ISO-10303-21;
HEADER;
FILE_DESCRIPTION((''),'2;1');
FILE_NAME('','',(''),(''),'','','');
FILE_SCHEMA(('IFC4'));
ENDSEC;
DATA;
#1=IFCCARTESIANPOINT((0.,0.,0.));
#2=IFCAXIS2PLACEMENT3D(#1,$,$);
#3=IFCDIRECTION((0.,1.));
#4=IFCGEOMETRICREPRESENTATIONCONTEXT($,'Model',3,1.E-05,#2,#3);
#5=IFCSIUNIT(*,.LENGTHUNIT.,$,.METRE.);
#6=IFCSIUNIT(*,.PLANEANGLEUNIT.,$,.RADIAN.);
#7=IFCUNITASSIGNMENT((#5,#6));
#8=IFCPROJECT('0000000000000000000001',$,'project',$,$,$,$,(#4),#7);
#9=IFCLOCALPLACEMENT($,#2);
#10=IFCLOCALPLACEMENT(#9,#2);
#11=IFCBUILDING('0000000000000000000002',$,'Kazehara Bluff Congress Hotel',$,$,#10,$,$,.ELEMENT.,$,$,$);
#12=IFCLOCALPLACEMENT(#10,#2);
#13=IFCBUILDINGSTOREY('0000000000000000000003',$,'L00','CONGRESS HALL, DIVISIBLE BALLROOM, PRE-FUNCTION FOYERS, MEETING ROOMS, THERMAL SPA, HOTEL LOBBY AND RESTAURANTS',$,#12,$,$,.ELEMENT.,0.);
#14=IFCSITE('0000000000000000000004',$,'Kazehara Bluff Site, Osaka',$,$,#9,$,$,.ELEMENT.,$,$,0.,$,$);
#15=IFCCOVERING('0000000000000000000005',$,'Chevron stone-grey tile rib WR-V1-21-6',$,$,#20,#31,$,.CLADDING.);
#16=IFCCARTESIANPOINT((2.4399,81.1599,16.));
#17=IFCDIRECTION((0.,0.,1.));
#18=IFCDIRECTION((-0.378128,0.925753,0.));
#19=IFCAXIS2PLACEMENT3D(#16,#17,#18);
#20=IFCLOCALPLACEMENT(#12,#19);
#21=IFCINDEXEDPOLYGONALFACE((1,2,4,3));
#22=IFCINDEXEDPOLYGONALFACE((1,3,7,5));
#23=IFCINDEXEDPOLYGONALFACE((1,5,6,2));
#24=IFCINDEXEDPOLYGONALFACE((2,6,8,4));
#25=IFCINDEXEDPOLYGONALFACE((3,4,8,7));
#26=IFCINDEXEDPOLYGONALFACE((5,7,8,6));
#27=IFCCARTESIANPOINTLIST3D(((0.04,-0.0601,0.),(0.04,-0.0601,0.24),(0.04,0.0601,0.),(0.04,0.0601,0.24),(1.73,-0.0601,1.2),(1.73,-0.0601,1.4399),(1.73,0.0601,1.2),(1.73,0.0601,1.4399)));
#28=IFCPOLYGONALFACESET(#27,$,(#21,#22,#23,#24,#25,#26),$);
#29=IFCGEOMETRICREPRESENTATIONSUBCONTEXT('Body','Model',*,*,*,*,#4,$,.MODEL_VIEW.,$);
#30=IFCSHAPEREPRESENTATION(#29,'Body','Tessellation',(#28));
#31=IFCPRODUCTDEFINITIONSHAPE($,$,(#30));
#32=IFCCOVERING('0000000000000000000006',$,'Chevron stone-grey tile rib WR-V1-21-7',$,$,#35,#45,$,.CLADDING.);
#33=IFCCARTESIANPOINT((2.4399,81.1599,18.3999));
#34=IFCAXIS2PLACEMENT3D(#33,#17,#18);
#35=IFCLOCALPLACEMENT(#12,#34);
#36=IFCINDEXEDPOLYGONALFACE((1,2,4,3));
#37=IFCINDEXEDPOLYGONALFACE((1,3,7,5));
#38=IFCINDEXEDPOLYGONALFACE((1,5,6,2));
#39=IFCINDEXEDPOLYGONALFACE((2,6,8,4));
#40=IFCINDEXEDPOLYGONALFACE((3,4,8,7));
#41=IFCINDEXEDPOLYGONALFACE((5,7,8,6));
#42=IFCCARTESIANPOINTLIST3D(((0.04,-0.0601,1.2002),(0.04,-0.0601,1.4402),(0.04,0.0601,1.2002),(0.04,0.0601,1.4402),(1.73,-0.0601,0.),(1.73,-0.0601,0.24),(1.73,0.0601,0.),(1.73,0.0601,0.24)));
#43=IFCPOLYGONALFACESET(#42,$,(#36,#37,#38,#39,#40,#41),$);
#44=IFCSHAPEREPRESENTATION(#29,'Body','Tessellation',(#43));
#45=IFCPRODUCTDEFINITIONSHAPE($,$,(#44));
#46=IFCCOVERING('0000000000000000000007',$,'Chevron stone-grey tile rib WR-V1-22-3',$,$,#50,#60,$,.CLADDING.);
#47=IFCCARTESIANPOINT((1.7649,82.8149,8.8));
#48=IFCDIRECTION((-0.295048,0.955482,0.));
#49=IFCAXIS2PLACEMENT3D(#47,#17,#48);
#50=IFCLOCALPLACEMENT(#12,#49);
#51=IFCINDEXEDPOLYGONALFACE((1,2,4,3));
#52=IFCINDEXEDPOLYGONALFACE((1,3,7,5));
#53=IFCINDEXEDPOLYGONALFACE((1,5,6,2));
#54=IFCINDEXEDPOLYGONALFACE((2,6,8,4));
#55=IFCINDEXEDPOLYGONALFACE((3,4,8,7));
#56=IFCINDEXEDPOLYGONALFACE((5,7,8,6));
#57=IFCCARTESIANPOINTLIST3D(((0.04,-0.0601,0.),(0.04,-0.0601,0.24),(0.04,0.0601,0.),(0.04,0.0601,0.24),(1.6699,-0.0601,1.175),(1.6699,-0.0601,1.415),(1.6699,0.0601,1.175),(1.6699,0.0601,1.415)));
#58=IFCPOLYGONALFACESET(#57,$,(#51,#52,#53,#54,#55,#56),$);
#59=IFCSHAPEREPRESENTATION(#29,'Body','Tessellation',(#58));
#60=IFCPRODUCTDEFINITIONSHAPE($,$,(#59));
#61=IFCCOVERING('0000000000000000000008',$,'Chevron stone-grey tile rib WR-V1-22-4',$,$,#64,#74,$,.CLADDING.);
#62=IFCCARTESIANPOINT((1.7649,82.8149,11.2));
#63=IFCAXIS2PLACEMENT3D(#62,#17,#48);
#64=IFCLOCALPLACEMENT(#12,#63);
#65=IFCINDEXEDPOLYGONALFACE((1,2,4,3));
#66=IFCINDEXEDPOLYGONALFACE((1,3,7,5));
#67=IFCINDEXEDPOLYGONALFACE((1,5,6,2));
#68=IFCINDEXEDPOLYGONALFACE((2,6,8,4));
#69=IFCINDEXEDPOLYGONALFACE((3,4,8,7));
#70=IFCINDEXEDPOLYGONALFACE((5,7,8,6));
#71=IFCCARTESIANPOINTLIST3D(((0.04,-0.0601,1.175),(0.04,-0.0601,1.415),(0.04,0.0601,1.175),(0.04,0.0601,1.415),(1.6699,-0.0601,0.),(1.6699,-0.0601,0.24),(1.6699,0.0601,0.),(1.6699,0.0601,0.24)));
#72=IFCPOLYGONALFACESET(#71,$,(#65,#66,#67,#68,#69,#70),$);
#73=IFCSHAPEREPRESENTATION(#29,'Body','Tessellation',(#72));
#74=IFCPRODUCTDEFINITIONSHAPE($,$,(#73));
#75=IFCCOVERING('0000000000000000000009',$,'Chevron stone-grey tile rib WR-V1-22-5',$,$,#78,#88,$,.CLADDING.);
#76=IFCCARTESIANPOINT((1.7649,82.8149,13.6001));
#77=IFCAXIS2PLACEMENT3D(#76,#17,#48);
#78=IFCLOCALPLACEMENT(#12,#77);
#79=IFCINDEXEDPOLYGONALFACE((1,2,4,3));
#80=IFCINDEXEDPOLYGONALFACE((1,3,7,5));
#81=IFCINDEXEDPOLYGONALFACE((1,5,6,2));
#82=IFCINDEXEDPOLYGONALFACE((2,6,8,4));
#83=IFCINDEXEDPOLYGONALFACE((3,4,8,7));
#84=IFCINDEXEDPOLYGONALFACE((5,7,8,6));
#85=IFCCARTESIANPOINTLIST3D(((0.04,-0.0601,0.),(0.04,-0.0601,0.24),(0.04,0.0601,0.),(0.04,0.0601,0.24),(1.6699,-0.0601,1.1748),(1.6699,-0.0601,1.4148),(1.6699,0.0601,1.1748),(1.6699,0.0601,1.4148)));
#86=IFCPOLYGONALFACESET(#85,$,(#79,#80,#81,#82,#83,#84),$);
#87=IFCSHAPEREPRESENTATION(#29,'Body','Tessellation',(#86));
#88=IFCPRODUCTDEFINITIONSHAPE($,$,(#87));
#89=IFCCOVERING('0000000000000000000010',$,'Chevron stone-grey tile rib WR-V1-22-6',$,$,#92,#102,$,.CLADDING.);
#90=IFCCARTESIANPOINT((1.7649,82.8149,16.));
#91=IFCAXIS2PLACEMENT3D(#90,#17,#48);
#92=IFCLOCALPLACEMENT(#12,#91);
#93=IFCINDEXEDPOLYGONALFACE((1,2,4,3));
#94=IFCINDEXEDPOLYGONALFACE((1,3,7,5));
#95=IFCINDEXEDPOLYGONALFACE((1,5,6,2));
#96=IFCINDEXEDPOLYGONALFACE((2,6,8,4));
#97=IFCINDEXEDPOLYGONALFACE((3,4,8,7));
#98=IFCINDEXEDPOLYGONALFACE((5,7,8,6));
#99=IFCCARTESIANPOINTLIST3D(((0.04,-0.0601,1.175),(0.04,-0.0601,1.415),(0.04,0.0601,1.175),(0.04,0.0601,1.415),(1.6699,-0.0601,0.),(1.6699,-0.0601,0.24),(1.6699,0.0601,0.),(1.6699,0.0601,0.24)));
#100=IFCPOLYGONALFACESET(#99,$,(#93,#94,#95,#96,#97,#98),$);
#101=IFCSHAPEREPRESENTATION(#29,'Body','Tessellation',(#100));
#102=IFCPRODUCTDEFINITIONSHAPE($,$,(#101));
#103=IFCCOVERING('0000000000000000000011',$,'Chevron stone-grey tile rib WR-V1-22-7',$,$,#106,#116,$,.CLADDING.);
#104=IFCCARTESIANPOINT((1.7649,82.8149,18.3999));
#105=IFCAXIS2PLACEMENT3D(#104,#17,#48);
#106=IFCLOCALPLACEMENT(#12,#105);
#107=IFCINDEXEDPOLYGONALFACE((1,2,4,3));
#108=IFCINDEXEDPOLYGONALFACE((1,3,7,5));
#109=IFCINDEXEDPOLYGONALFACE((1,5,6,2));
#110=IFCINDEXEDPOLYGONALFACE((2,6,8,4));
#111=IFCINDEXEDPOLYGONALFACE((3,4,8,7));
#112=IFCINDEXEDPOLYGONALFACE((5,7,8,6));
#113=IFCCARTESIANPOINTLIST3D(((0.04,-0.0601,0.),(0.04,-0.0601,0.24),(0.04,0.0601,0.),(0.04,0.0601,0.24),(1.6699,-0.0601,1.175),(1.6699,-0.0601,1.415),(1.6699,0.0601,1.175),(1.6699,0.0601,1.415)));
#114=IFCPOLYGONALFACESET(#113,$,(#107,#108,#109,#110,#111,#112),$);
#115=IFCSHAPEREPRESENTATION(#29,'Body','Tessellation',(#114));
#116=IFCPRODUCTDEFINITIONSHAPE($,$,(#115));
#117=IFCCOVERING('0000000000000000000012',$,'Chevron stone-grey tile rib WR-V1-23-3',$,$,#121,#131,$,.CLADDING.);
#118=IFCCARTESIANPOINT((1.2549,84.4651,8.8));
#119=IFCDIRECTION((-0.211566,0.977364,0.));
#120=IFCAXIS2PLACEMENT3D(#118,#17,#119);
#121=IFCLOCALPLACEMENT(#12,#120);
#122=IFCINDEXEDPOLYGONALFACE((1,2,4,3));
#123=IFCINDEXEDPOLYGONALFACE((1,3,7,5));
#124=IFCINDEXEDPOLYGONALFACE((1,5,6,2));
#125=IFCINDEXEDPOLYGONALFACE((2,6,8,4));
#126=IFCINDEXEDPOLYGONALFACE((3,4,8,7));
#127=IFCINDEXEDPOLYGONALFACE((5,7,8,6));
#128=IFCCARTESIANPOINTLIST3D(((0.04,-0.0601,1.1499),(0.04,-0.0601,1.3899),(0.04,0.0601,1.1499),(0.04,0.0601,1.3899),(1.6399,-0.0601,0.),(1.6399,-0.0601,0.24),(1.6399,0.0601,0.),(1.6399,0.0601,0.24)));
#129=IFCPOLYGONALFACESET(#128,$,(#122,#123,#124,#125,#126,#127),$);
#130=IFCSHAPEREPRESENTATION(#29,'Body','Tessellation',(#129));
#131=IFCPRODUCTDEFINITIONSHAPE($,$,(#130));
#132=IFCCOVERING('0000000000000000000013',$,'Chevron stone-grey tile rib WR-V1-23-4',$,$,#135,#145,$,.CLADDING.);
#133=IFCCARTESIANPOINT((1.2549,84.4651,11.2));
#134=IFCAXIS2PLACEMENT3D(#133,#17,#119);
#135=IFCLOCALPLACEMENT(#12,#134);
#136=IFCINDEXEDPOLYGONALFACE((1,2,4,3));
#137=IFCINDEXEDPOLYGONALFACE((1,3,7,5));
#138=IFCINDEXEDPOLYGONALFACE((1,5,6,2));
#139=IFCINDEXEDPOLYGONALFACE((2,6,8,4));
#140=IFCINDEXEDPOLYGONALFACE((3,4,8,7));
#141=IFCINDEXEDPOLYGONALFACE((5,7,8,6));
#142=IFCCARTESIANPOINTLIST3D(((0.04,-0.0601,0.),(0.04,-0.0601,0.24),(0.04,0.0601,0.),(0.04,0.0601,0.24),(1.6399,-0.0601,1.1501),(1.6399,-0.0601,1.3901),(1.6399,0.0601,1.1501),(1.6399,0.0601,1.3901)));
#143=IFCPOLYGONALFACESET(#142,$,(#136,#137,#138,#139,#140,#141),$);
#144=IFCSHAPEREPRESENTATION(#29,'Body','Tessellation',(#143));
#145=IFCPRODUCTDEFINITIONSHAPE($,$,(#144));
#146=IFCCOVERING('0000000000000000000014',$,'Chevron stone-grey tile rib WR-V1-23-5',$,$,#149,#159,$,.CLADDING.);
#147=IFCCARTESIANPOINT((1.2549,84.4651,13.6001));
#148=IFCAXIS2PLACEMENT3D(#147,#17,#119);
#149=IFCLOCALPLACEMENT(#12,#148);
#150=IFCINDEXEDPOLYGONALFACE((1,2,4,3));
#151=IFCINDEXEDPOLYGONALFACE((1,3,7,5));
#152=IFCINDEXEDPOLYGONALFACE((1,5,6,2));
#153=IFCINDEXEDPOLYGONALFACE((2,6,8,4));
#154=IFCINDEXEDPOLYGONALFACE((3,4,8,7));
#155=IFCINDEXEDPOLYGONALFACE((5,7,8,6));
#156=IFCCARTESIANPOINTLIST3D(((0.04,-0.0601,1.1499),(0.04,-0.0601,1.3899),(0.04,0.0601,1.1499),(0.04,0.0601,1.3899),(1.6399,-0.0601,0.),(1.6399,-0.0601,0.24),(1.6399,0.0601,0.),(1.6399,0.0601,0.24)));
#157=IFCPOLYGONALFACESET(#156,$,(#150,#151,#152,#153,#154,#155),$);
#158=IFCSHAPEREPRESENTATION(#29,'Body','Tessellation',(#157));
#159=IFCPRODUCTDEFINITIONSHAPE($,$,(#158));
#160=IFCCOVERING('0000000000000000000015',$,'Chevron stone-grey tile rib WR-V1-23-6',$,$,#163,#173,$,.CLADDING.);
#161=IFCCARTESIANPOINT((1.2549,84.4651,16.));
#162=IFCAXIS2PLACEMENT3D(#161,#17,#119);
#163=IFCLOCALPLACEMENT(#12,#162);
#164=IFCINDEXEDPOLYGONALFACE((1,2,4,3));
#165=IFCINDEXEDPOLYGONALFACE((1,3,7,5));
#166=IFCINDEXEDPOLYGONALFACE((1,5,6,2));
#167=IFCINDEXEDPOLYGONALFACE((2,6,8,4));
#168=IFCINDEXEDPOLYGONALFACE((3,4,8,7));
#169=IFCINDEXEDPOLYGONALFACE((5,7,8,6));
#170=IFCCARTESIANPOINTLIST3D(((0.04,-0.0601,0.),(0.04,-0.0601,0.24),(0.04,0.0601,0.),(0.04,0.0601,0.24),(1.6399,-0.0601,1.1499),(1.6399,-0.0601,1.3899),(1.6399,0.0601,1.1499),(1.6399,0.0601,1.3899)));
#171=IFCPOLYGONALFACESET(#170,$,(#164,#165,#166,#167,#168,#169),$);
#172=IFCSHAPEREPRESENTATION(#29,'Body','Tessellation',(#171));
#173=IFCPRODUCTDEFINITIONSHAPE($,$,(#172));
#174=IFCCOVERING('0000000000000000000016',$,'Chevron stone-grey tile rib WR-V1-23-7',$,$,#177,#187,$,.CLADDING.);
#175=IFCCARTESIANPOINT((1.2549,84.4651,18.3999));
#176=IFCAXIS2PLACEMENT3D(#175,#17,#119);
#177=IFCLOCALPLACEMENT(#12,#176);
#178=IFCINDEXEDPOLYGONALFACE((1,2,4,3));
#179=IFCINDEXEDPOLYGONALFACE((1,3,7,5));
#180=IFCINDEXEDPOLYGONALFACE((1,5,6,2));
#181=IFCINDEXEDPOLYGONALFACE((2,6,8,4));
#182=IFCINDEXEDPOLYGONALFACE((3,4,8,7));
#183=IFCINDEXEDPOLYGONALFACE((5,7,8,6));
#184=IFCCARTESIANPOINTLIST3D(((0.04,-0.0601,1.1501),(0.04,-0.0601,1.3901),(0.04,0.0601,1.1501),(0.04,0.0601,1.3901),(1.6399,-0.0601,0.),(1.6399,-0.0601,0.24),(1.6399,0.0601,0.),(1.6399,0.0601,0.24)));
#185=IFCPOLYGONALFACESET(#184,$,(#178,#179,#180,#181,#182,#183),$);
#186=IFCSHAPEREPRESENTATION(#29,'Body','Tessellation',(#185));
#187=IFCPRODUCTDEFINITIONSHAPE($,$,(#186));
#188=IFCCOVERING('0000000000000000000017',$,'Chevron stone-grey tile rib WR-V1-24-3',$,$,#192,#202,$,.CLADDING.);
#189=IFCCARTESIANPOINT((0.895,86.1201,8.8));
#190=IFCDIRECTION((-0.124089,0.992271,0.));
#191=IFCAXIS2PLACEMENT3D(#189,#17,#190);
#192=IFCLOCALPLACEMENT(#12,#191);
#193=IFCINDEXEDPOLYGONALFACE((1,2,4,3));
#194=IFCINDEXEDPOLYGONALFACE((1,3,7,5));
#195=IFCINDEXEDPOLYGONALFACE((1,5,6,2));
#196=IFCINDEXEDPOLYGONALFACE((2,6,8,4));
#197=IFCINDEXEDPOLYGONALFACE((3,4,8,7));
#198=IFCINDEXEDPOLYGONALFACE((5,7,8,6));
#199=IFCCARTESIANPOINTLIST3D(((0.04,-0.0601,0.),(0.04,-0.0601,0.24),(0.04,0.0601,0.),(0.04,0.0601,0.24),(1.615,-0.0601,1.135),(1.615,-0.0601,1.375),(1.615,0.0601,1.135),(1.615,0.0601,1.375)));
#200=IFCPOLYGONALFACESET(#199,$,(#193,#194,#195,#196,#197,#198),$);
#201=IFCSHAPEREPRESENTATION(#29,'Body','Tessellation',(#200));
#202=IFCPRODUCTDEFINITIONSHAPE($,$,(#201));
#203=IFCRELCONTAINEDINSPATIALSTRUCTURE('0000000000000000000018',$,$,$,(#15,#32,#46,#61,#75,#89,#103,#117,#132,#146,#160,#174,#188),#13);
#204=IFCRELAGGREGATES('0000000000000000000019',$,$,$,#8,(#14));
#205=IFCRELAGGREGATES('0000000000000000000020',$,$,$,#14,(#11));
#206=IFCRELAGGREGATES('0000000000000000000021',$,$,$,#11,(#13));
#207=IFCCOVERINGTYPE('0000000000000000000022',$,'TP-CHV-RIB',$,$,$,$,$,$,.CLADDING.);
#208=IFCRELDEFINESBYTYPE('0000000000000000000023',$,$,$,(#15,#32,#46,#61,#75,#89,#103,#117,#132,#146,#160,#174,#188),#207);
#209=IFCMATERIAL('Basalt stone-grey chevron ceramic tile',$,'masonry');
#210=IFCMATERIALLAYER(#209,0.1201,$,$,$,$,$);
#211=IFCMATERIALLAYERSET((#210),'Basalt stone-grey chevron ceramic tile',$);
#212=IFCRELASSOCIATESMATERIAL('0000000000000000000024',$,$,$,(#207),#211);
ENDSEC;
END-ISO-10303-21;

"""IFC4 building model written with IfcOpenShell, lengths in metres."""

from ifc_helpers import new_model, si_unit, direction, frame, origin, place, context, subcontext, project, spatial, polyline, outline, extrude, material, layer, layer_set, type_object, element, save


model = new_model("IFC4")

# Units and contexts
model_context = context("Model", 3, precision=1e-05, world=origin(), true_north=direction((0.0, 1.0)))
body_context = subcontext(model_context, "Body", "Model", "MODEL_VIEW")
ifc_project = project(units=[si_unit("LENGTHUNIT", "METRE"), si_unit("PLANEANGLEUNIT", "RADIAN")], contexts=[model_context])

# Site, building, storey
site_placement = place(None, origin())
site = spatial("IfcSite", under=ifc_project, at=site_placement, Name="Kazehara Bluff Site, Osaka", CompositionType="ELEMENT", RefElevation=0.0)
building_placement = place(site_placement, origin())
building = spatial("IfcBuilding", under=site, at=building_placement, Name="Kazehara Bluff Congress Hotel", CompositionType="ELEMENT")
storey_placement = place(building_placement, origin())
storey = spatial("IfcBuildingStorey", under=building, at=storey_placement, Name="L00", Description="CONGRESS HALL, DIVISIBLE BALLROOM, PRE-FUNCTION FOYERS, MEETING ROOMS, THERMAL SPA, HOTEL LOBBY AND RESTAURANTS", CompositionType="ELEMENT", Elevation=0.0)

# Coverings
ifc_material = material(Name="Basalt stone-grey chevron ceramic tile", Category="masonry")
ifc_layer = layer(ifc_material, 0.1201)
ifc_layer_set = layer_set([ifc_layer], Name="Basalt stone-grey chevron ceramic tile")
covering_type = type_object("IfcCoveringType", Name="TP-CHV-RIB", PredefinedType="CLADDING", material=ifc_layer_set)
covering_1_placement = place(storey_placement, frame((2.4399, 81.1599, 16.0), z_axis=(0.0, 0.0, 1.0), x_axis=(-0.378128, 0.925753, 0.0)))
element("IfcCovering", 1, at=covering_1_placement, inside=storey, type_object=covering_type, Name="Chevron stone-grey tile rib WR-V1-21-6", PredefinedType="CLADDING", context=body_context, shape_type="SweptSolid", body=[
    extrude(outline(polyline([(0.04, 0.0), (1.73, 1.2), (1.73, 1.4399), (0.04, 0.24), (0.04, 0.0)])), frame((0.0, 0.0601, 0.0), z_axis=(0.0, -1.0, 0.0), x_axis=(1.0, 0.0, 0.0)), (0.0, 0.0, 1.0), 0.1201),
])
covering_2_placement = place(storey_placement, frame((2.4399, 81.1599, 18.3999), z_axis=(0.0, 0.0, 1.0), x_axis=(-0.378128, 0.925753, 0.0)))
element("IfcCovering", 2, at=covering_2_placement, inside=storey, type_object=covering_type, Name="Chevron stone-grey tile rib WR-V1-21-7", PredefinedType="CLADDING", context=body_context, shape_type="SweptSolid", body=[
    extrude(outline(polyline([(0.04, 1.2002), (1.73, 0.0), (1.73, 0.24), (0.04, 1.4402), (0.04, 1.2002)])), frame((0.0, 0.0601, 0.0), z_axis=(0.0, -1.0, 0.0), x_axis=(1.0, 0.0, 0.0)), (0.0, 0.0, 1.0), 0.1201),
])
covering_3_placement = place(storey_placement, frame((1.7649, 82.8149, 8.8), z_axis=(0.0, 0.0, 1.0), x_axis=(-0.295048, 0.955482, 0.0)))
element("IfcCovering", 3, at=covering_3_placement, inside=storey, type_object=covering_type, Name="Chevron stone-grey tile rib WR-V1-22-3", PredefinedType="CLADDING", context=body_context, shape_type="SweptSolid", body=[
    extrude(outline(polyline([(0.04, 0.0), (1.6699, 1.175), (1.6699, 1.415), (0.04, 0.24), (0.04, 0.0)])), frame((0.0, 0.0601, 0.0), z_axis=(0.0, -1.0, 0.0), x_axis=(1.0, 0.0, 0.0)), (0.0, 0.0, 1.0), 0.1201),
])
covering_4_placement = place(storey_placement, frame((1.7649, 82.8149, 11.2), z_axis=(0.0, 0.0, 1.0), x_axis=(-0.295048, 0.955482, 0.0)))
element("IfcCovering", 4, at=covering_4_placement, inside=storey, type_object=covering_type, Name="Chevron stone-grey tile rib WR-V1-22-4", PredefinedType="CLADDING", context=body_context, shape_type="SweptSolid", body=[
    extrude(outline(polyline([(0.04, 1.175), (1.6699, 0.0), (1.6699, 0.24), (0.04, 1.415), (0.04, 1.175)])), frame((0.0, 0.0601, 0.0), z_axis=(0.0, -1.0, 0.0), x_axis=(1.0, 0.0, 0.0)), (0.0, 0.0, 1.0), 0.1201),
])
covering_5_placement = place(storey_placement, frame((1.7649, 82.8149, 13.6001), z_axis=(0.0, 0.0, 1.0), x_axis=(-0.295048, 0.955482, 0.0)))
element("IfcCovering", 5, at=covering_5_placement, inside=storey, type_object=covering_type, Name="Chevron stone-grey tile rib WR-V1-22-5", PredefinedType="CLADDING", context=body_context, shape_type="SweptSolid", body=[
    extrude(outline(polyline([(0.04, 0.0), (1.6699, 1.1748), (1.6699, 1.4148), (0.04, 0.24), (0.04, 0.0)])), frame((0.0, 0.0601, 0.0), z_axis=(0.0, -1.0, 0.0), x_axis=(1.0, 0.0, 0.0)), (0.0, 0.0, 1.0), 0.1201),
])
covering_6_placement = place(storey_placement, frame((1.7649, 82.8149, 16.0), z_axis=(0.0, 0.0, 1.0), x_axis=(-0.295048, 0.955482, 0.0)))
element("IfcCovering", 6, at=covering_6_placement, inside=storey, type_object=covering_type, Name="Chevron stone-grey tile rib WR-V1-22-6", PredefinedType="CLADDING", context=body_context, shape_type="SweptSolid", body=[
    extrude(outline(polyline([(0.04, 1.175), (1.6699, 0.0), (1.6699, 0.24), (0.04, 1.415), (0.04, 1.175)])), frame((0.0, 0.0601, 0.0), z_axis=(0.0, -1.0, 0.0), x_axis=(1.0, 0.0, 0.0)), (0.0, 0.0, 1.0), 0.1201),
])
covering_7_placement = place(storey_placement, frame((1.7649, 82.8149, 18.3999), z_axis=(0.0, 0.0, 1.0), x_axis=(-0.295048, 0.955482, 0.0)))
element("IfcCovering", 7, at=covering_7_placement, inside=storey, type_object=covering_type, Name="Chevron stone-grey tile rib WR-V1-22-7", PredefinedType="CLADDING", context=body_context, shape_type="SweptSolid", body=[
    extrude(outline(polyline([(0.04, 0.0), (1.6699, 1.175), (1.6699, 1.415), (0.04, 0.24), (0.04, 0.0)])), frame((0.0, 0.0601, 0.0), z_axis=(0.0, -1.0, 0.0), x_axis=(1.0, 0.0, 0.0)), (0.0, 0.0, 1.0), 0.1201),
])
covering_8_placement = place(storey_placement, frame((1.2549, 84.4651, 8.8), z_axis=(0.0, 0.0, 1.0), x_axis=(-0.211566, 0.977364, 0.0)))
element("IfcCovering", 8, at=covering_8_placement, inside=storey, type_object=covering_type, Name="Chevron stone-grey tile rib WR-V1-23-3", PredefinedType="CLADDING", context=body_context, shape_type="SweptSolid", body=[
    extrude(outline(polyline([(0.04, 1.1499), (1.6399, 0.0), (1.6399, 0.24), (0.04, 1.3899), (0.04, 1.1499)])), frame((0.0, 0.0601, 0.0), z_axis=(0.0, -1.0, 0.0), x_axis=(1.0, 0.0, 0.0)), (0.0, 0.0, 1.0), 0.1201),
])
covering_9_placement = place(storey_placement, frame((1.2549, 84.4651, 11.2), z_axis=(0.0, 0.0, 1.0), x_axis=(-0.211566, 0.977364, 0.0)))
element("IfcCovering", 9, at=covering_9_placement, inside=storey, type_object=covering_type, Name="Chevron stone-grey tile rib WR-V1-23-4", PredefinedType="CLADDING", context=body_context, shape_type="SweptSolid", body=[
    extrude(outline(polyline([(0.04, 0.0), (1.6399, 1.1501), (1.6399, 1.3901), (0.04, 0.24), (0.04, 0.0)])), frame((0.0, 0.0601, 0.0), z_axis=(0.0, -1.0, 0.0), x_axis=(1.0, 0.0, 0.0)), (0.0, 0.0, 1.0), 0.1201),
])
covering_10_placement = place(storey_placement, frame((1.2549, 84.4651, 13.6001), z_axis=(0.0, 0.0, 1.0), x_axis=(-0.211566, 0.977364, 0.0)))
element("IfcCovering", 10, at=covering_10_placement, inside=storey, type_object=covering_type, Name="Chevron stone-grey tile rib WR-V1-23-5", PredefinedType="CLADDING", context=body_context, shape_type="SweptSolid", body=[
    extrude(outline(polyline([(0.04, 1.1499), (1.6399, 0.0), (1.6399, 0.24), (0.04, 1.3899), (0.04, 1.1499)])), frame((0.0, 0.0601, 0.0), z_axis=(0.0, -1.0, 0.0), x_axis=(1.0, 0.0, 0.0)), (0.0, 0.0, 1.0), 0.1201),
])
covering_11_placement = place(storey_placement, frame((1.2549, 84.4651, 16.0), z_axis=(0.0, 0.0, 1.0), x_axis=(-0.211566, 0.977364, 0.0)))
element("IfcCovering", 11, at=covering_11_placement, inside=storey, type_object=covering_type, Name="Chevron stone-grey tile rib WR-V1-23-6", PredefinedType="CLADDING", context=body_context, shape_type="SweptSolid", body=[
    extrude(outline(polyline([(0.04, 0.0), (1.6399, 1.1499), (1.6399, 1.3899), (0.04, 0.24), (0.04, 0.0)])), frame((0.0, 0.0601, 0.0), z_axis=(0.0, -1.0, 0.0), x_axis=(1.0, 0.0, 0.0)), (0.0, 0.0, 1.0), 0.1201),
])
covering_12_placement = place(storey_placement, frame((1.2549, 84.4651, 18.3999), z_axis=(0.0, 0.0, 1.0), x_axis=(-0.211566, 0.977364, 0.0)))
element("IfcCovering", 12, at=covering_12_placement, inside=storey, type_object=covering_type, Name="Chevron stone-grey tile rib WR-V1-23-7", PredefinedType="CLADDING", context=body_context, shape_type="SweptSolid", body=[
    extrude(outline(polyline([(0.04, 1.1501), (1.6399, 0.0), (1.6399, 0.24), (0.04, 1.3901), (0.04, 1.1501)])), frame((0.0, 0.0601, 0.0), z_axis=(0.0, -1.0, 0.0), x_axis=(1.0, 0.0, 0.0)), (0.0, 0.0, 1.0), 0.1201),
])
covering_13_placement = place(storey_placement, frame((0.895, 86.1201, 8.8), z_axis=(0.0, 0.0, 1.0), x_axis=(-0.124089, 0.992271, 0.0)))
element("IfcCovering", 13, at=covering_13_placement, inside=storey, type_object=covering_type, Name="Chevron stone-grey tile rib WR-V1-24-3", PredefinedType="CLADDING", context=body_context, shape_type="SweptSolid", body=[
    extrude(outline(polyline([(0.04, 0.0), (1.615, 1.135), (1.615, 1.375), (0.04, 0.24), (0.04, 0.0)])), frame((0.0, 0.0601, 0.0), z_axis=(0.0, -1.0, 0.0), x_axis=(1.0, 0.0, 0.0)), (0.0, 0.0, 1.0), 0.1201),
])

save(model, "model.ifc")
